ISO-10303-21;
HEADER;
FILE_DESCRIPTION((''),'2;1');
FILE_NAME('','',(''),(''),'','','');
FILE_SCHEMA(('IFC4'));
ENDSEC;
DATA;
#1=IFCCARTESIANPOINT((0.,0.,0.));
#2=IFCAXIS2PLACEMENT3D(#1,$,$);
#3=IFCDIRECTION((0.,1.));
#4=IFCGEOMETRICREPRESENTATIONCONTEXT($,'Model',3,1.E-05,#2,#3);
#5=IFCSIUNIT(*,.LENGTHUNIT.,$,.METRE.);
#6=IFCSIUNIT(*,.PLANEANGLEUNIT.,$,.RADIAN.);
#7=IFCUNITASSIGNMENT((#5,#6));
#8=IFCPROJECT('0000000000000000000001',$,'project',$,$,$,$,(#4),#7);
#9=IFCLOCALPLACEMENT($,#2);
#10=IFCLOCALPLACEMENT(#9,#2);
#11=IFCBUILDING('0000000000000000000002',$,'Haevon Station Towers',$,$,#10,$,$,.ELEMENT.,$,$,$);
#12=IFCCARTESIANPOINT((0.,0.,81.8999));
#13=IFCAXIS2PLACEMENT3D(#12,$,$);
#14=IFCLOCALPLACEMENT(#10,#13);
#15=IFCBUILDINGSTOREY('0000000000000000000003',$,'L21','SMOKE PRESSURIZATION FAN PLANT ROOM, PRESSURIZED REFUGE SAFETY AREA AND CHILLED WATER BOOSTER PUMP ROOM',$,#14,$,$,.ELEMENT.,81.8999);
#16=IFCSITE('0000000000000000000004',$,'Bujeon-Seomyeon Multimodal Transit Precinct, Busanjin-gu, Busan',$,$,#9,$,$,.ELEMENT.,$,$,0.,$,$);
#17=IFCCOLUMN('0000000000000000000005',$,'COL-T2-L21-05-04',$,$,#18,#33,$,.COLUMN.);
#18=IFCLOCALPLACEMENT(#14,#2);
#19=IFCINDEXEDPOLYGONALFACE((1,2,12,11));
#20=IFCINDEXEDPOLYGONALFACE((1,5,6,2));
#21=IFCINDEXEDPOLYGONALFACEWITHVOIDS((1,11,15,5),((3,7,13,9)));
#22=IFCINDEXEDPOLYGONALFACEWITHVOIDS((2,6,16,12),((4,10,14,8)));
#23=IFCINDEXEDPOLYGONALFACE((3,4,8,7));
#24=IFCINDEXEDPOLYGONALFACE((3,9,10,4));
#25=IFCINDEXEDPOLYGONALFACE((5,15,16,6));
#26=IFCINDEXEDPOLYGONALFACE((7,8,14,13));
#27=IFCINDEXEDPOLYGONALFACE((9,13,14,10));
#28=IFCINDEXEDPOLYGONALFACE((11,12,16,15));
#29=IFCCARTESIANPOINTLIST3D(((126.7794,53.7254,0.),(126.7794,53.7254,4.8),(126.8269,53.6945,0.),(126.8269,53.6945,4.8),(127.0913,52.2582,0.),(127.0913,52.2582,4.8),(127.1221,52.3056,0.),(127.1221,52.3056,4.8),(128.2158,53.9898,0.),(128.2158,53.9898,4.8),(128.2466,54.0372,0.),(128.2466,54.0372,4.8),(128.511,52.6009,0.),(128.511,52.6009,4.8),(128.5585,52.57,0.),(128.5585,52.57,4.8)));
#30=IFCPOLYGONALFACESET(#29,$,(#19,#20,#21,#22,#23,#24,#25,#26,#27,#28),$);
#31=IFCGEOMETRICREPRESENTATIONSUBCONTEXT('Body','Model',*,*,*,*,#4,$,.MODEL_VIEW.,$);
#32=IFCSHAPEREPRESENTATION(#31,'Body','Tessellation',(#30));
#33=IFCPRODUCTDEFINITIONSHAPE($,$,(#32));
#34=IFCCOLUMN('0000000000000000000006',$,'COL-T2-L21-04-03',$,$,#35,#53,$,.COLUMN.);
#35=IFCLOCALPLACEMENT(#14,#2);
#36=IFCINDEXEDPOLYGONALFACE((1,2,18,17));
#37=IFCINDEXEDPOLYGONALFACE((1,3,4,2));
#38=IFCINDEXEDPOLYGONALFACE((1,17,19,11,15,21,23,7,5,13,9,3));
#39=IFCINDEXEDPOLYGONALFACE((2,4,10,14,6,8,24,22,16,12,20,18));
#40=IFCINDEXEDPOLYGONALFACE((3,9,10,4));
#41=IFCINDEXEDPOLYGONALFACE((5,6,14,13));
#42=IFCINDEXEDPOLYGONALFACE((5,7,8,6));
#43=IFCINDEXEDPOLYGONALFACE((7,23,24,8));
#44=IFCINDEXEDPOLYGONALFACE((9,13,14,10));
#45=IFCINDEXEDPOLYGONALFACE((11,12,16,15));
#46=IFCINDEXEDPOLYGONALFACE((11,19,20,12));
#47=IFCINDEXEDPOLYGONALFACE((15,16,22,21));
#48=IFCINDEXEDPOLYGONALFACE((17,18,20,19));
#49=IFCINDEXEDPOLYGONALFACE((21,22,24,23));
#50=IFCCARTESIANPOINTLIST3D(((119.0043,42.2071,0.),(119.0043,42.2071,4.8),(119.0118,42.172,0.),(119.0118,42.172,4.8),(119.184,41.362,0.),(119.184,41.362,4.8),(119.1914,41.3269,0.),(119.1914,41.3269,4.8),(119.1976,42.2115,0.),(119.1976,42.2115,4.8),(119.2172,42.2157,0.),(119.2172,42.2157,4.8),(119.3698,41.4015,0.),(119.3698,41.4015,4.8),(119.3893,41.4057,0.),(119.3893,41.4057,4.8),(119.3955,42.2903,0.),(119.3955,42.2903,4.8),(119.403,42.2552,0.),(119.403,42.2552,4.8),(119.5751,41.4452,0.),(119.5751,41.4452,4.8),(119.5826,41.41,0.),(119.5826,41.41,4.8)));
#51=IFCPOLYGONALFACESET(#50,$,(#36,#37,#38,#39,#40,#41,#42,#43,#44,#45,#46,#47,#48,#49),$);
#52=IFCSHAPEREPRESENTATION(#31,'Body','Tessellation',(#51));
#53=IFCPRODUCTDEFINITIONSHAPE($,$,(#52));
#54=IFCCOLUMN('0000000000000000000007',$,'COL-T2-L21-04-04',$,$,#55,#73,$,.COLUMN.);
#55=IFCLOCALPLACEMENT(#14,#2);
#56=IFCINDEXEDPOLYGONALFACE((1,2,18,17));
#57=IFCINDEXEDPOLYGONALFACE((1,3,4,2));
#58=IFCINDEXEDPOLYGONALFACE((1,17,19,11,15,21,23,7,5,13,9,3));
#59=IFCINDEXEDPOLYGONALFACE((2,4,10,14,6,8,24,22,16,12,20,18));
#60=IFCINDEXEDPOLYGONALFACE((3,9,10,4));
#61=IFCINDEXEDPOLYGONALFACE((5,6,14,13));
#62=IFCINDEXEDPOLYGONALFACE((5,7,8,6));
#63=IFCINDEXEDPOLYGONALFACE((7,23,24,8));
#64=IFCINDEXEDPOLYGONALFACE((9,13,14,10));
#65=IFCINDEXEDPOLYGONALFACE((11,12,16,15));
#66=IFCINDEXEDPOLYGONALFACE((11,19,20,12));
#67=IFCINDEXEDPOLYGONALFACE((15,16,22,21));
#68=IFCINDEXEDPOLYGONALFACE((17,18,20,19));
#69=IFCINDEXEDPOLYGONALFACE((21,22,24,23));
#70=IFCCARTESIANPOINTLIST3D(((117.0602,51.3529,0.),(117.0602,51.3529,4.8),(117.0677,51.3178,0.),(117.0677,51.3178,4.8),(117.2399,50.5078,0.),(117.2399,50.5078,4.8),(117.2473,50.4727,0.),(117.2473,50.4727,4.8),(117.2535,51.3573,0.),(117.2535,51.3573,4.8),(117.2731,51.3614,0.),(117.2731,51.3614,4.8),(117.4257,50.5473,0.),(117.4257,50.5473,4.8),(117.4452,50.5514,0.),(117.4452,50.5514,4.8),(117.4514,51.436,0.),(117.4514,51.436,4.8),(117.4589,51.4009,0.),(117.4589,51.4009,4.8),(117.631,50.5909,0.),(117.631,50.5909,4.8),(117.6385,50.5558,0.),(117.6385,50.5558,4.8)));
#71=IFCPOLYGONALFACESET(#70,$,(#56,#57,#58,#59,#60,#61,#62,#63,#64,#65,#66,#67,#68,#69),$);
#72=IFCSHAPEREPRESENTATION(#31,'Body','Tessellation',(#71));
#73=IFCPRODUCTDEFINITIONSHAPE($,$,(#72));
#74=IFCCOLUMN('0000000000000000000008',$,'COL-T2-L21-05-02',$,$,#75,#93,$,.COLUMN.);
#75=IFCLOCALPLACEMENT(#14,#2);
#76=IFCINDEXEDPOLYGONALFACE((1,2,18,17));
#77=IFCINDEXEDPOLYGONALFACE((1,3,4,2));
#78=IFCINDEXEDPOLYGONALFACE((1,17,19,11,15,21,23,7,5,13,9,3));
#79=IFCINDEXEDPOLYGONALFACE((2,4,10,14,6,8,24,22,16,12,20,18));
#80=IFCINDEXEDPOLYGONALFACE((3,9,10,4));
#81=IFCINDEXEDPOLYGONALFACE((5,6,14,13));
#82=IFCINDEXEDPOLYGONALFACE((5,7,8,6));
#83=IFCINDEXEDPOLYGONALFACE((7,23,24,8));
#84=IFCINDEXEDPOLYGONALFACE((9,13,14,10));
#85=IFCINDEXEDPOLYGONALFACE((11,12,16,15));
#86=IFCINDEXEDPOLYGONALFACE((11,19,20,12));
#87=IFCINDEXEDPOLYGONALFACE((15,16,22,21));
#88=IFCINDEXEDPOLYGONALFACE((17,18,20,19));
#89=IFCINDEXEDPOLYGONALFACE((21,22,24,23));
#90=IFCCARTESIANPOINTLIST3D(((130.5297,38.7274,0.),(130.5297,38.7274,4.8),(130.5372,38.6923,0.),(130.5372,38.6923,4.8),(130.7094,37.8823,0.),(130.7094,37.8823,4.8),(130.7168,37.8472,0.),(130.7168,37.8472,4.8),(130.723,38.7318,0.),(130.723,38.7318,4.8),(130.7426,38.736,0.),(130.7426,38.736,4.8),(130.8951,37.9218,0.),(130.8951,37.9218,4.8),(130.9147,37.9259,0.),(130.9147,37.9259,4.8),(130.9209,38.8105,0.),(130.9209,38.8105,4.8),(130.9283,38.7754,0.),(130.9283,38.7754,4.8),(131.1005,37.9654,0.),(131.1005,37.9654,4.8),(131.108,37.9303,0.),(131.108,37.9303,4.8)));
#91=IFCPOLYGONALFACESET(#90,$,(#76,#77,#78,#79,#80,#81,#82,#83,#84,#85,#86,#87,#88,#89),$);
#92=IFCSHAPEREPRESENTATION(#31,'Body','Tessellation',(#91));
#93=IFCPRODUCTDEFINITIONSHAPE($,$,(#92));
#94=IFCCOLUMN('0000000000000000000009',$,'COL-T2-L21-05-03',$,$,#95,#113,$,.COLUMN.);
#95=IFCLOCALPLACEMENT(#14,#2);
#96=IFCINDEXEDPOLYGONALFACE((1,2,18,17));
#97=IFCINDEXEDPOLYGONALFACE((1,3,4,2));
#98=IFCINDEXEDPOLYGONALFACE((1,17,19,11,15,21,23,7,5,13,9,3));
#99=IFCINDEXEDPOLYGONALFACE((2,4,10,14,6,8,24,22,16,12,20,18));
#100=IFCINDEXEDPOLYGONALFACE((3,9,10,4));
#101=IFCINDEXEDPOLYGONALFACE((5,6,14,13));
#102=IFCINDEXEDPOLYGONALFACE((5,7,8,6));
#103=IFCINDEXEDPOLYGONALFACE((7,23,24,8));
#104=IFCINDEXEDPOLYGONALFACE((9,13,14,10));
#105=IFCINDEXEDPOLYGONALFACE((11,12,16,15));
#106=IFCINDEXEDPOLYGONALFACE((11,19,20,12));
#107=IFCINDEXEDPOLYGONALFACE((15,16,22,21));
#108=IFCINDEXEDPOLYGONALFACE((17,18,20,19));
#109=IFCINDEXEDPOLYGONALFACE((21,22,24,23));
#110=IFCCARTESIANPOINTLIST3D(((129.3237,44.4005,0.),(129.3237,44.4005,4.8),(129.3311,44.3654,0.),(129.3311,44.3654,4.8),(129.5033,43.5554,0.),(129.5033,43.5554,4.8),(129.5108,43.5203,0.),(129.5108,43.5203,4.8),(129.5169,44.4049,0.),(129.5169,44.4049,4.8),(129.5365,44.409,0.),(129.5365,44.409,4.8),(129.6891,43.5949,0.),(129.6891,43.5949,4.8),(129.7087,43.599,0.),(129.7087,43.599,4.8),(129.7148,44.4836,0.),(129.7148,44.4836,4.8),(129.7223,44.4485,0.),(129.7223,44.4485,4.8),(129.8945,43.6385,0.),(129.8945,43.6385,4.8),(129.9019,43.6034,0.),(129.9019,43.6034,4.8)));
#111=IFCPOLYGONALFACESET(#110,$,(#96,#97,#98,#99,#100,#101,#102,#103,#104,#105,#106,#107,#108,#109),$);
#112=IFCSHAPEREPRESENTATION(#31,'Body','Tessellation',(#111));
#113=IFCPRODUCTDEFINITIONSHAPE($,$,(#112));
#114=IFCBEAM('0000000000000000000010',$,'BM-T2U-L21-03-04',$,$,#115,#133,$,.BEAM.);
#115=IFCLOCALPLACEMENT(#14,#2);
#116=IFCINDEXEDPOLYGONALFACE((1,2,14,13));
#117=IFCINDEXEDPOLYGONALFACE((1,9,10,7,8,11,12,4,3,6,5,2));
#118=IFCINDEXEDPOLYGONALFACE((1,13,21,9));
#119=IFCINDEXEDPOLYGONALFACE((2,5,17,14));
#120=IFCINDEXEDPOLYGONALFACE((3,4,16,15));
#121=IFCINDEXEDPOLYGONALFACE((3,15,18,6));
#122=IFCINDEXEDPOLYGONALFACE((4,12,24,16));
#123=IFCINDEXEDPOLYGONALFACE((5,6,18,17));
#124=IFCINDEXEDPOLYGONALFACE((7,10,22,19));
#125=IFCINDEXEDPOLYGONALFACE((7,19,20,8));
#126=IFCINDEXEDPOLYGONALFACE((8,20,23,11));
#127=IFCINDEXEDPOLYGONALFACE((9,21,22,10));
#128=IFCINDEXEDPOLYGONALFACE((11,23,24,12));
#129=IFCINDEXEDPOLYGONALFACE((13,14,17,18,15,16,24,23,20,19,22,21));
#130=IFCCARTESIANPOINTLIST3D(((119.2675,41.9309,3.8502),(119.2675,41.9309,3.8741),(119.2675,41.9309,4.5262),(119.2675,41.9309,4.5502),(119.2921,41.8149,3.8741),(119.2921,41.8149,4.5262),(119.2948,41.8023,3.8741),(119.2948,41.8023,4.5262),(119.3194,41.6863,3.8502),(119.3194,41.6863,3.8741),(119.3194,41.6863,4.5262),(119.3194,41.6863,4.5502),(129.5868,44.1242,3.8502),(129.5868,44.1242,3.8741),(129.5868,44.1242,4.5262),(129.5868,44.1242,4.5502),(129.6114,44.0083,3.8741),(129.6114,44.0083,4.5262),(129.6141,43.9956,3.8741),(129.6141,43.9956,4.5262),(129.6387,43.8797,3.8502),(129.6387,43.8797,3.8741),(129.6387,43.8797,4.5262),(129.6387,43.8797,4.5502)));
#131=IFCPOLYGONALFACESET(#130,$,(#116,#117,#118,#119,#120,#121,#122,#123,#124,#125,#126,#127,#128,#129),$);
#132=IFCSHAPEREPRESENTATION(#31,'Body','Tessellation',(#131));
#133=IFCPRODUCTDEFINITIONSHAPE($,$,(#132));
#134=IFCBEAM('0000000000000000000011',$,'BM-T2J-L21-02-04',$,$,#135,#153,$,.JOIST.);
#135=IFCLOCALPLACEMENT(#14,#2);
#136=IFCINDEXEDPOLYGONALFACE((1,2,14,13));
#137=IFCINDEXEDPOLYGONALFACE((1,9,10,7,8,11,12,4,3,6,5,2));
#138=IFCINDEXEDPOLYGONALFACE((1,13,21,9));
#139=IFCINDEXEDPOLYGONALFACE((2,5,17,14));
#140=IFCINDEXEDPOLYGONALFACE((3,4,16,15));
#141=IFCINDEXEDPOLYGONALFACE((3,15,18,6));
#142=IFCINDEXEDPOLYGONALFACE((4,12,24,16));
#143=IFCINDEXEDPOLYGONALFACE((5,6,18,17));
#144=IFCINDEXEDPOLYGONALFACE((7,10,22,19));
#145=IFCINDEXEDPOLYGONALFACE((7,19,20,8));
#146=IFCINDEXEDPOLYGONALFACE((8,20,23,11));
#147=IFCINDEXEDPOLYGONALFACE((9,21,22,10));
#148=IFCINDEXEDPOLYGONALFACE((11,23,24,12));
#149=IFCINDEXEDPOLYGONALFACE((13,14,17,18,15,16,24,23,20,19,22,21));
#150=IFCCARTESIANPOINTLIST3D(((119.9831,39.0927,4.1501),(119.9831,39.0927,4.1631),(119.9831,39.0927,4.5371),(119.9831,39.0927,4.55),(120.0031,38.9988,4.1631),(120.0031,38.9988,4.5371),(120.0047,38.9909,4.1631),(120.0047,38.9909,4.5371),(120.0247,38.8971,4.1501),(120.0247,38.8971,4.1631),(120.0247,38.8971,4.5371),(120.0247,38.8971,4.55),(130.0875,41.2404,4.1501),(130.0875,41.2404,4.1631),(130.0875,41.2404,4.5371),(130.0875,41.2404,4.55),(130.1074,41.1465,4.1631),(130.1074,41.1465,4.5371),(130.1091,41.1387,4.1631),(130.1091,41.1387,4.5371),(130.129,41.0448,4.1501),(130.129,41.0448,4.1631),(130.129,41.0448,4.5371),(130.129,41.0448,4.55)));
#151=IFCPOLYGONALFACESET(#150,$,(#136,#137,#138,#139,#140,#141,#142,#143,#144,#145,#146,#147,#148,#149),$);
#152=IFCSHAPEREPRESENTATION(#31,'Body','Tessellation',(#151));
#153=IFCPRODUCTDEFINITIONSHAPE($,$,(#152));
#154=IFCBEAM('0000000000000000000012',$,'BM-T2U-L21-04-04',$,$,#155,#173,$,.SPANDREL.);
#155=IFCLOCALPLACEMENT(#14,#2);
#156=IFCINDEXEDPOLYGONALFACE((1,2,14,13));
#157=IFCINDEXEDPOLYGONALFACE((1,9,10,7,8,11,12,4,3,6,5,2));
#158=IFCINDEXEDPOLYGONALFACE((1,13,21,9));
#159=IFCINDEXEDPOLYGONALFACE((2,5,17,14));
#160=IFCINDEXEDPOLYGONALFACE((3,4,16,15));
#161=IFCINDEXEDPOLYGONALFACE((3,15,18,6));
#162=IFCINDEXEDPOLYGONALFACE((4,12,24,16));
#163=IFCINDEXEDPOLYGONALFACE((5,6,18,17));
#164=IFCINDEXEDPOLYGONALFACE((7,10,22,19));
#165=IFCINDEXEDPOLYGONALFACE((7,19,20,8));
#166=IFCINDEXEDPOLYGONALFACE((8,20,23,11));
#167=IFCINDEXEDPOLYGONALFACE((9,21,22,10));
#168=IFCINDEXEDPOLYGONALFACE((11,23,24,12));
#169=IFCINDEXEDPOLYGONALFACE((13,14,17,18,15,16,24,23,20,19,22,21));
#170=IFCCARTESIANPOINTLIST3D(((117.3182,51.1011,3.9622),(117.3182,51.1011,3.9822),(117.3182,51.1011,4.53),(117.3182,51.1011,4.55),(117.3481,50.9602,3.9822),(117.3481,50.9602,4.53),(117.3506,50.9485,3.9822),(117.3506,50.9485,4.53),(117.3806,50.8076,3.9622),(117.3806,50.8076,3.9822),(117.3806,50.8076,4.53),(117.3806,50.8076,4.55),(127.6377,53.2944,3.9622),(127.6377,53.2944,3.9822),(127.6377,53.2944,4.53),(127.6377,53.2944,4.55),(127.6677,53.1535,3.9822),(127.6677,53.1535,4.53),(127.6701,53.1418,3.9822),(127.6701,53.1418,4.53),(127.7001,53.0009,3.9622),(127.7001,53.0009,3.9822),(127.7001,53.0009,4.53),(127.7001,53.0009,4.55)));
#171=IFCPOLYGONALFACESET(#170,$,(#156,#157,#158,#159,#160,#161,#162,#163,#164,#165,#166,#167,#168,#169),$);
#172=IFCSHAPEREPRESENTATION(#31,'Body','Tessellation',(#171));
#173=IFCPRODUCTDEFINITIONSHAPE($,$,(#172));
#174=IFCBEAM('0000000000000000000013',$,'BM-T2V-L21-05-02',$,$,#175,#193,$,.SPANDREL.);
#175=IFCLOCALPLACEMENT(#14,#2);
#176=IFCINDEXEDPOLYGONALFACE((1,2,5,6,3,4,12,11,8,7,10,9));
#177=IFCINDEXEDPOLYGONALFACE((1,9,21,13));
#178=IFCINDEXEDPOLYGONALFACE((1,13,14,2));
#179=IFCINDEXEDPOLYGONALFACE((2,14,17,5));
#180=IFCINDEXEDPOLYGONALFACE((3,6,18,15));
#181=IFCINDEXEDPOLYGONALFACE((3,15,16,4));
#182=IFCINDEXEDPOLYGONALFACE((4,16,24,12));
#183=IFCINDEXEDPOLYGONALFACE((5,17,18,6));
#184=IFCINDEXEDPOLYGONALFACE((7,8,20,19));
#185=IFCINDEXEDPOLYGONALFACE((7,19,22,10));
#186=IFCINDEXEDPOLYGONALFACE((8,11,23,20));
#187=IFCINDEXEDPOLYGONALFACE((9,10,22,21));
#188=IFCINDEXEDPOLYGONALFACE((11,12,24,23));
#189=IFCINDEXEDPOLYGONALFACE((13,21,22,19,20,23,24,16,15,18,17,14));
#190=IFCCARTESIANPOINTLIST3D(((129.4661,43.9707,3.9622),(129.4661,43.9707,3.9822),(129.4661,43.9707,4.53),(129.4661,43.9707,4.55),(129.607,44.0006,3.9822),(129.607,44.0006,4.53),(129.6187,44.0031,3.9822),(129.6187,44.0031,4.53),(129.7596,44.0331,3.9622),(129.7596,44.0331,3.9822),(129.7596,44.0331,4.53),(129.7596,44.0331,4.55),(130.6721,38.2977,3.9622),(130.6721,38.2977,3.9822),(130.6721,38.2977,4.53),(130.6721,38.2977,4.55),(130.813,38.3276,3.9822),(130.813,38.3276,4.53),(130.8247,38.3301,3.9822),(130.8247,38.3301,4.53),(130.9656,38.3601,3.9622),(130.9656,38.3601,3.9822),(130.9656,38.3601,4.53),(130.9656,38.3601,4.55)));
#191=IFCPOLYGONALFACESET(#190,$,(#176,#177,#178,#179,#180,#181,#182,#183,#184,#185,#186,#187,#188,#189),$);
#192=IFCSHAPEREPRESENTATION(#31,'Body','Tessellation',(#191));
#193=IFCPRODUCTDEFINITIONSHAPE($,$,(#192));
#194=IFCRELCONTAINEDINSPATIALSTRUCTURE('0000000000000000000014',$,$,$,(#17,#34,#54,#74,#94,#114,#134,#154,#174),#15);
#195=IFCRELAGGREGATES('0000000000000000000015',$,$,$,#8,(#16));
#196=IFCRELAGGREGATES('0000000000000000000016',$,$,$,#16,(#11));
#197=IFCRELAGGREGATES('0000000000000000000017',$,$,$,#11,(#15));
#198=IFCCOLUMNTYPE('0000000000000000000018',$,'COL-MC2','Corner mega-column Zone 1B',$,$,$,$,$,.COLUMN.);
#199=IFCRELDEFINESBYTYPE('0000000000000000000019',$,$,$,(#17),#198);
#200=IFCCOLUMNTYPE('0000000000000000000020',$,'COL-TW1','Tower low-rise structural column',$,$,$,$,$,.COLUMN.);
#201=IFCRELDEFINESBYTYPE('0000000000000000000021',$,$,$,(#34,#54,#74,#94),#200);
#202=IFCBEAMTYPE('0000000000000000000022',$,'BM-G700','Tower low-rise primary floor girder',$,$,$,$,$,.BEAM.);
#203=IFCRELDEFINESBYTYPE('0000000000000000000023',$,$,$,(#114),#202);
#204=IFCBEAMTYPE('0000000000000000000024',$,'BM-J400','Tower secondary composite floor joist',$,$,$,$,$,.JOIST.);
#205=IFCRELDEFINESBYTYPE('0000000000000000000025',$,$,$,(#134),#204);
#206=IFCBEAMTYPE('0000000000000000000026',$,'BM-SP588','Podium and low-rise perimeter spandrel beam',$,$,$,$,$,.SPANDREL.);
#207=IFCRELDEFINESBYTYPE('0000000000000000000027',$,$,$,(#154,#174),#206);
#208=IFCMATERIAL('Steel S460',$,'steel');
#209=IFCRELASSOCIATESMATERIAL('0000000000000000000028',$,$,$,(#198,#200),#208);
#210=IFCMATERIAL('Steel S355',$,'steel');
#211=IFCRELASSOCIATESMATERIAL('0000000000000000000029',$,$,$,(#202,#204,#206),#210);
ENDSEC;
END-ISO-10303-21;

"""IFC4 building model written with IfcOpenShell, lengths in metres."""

from ifc_helpers import new_model, si_unit, direction, frame, origin, origin_2d, place, context, subcontext, project, spatial, hollow_rectangle, i_section, extrude, material, material_profile, profile_set, type_object, element, save


model = new_model("IFC4")

# Units and contexts
model_context = context("Model", 3, precision=1e-05, world=origin(), true_north=direction((0.0, 1.0)))
body_context = subcontext(model_context, "Body", "Model", "MODEL_VIEW")
ifc_project = project(units=[si_unit("LENGTHUNIT", "METRE"), si_unit("PLANEANGLEUNIT", "RADIAN")], contexts=[model_context])

# Site, building, storey
site_placement = place(None, origin())
site = spatial("IfcSite", under=ifc_project, at=site_placement, Name="Bujeon-Seomyeon Multimodal Transit Precinct, Busanjin-gu, Busan", CompositionType="ELEMENT", RefElevation=0.0)
building_placement = place(site_placement, origin())
building = spatial("IfcBuilding", under=site, at=building_placement, Name="Haevon Station Towers", CompositionType="ELEMENT")
storey_placement = place(building_placement, frame((0.0, 0.0, 81.8999)))
storey = spatial("IfcBuildingStorey", under=building, at=storey_placement, Name="L21", Description="SMOKE PRESSURIZATION FAN PLANT ROOM, PRESSURIZED REFUGE SAFETY AREA AND CHILLED WATER BOOSTER PUMP ROOM", CompositionType="ELEMENT", Elevation=81.8999)

# Columns
ifc_material_1 = material(Name="Steel S460", Category="steel")
ifc_material_profile_1 = material_profile(ifc_material_1, hollow_rectangle(XDim=1.5, YDim=1.5, WallThickness=0.04, at=origin_2d()), Name="BOX-1500x1500x40")
ifc_profile_set_1 = profile_set([ifc_material_profile_1], Name="Steel S460")
column_type_1 = type_object("IfcColumnType", Name="COL-MC2", Description="Corner mega-column Zone 1B", PredefinedType="COLUMN", material=ifc_profile_set_1)
column_placement = place(storey_placement, frame((127.6689, 53.1477, 0.0), z_axis=(0.0, 0.0, 1.0), x_axis=(0.978148, 0.207912, 0.0)))
element("IfcColumn", 1, at=column_placement, inside=storey, type_object=column_type_1, Name="COL-T2-L21-05-04", PredefinedType="COLUMN", context=body_context, shape_type="SweptSolid", body=[
    extrude(hollow_rectangle(XDim=1.5, YDim=1.5, WallThickness=0.04, at=origin_2d()), origin(), (0.0, 0.0, 1.0), 4.8),
])
ifc_material_profile_2 = material_profile(ifc_material_1, i_section(OverallWidth=0.3999, OverallDepth=0.8999, WebThickness=0.02, FlangeThickness=0.0359, at=origin_2d()), Name="H-900x400x20x36")
ifc_profile_set_2 = profile_set([ifc_material_profile_2], Name="Steel S460")
column_type_2 = type_object("IfcColumnType", Name="COL-TW1", Description="Tower low-rise structural column", PredefinedType="COLUMN", material=ifc_profile_set_2)
for number, where, z_axis, x_axis, name in (
    (2, (119.2935, 41.8086, 0.0), (0.0, 0.0, 1.0), (0.978148, 0.207912, 0.0), "COL-T2-L21-04-03"),
    (3, (117.3494, 50.9543, 0.0), (0.0, 0.0, 1.0), (0.978148, 0.207912, 0.0), "COL-T2-L21-04-04"),
    (4, (130.8188, 38.3289, 0.0), (0.0, 0.0, 1.0), (0.978148, 0.207912, 0.0), "COL-T2-L21-05-02"),
    (5, (129.6128, 44.002, 0.0), (0.0, 0.0, 1.0), (0.978148, 0.207912, 0.0), "COL-T2-L21-05-03"),
):
    element("IfcColumn", number, at=place(storey_placement, frame(where, z_axis=z_axis, x_axis=x_axis)), inside=storey, type_object=column_type_2, Name=name, PredefinedType="COLUMN", context=body_context, shape_type="SweptSolid", body=[
        extrude(i_section(OverallWidth=0.3999, OverallDepth=0.8999, WebThickness=0.02, FlangeThickness=0.0359, at=origin_2d()), origin(), (0.0, 0.0, 1.0), 4.8),
    ])

# Beams
ifc_material_2 = material(Name="Steel S355", Category="steel")
ifc_material_profile_3 = material_profile(ifc_material_2, i_section(OverallWidth=0.25, OverallDepth=0.7, WebThickness=0.0129, FlangeThickness=0.0239, at=origin_2d()), Name="H-700x250x13x24")
ifc_profile_set_3 = profile_set([ifc_material_profile_3], Name="Steel S355")
beam_type_1 = type_object("IfcBeamType", Name="BM-G700", Description="Tower low-rise primary floor girder", PredefinedType="BEAM", material=ifc_profile_set_3)
beam_1_placement = place(storey_placement, frame((119.2935, 41.8086, 4.2002), z_axis=(0.978149, 0.207904, 0.0), x_axis=(-0.207904, 0.978149, 0.0)))
element("IfcBeam", 6, at=beam_1_placement, inside=storey, type_object=beam_type_1, Name="BM-T2U-L21-03-04", PredefinedType="BEAM", context=body_context, shape_type="SweptSolid", body=[
    extrude(i_section(OverallWidth=0.25, OverallDepth=0.7, WebThickness=0.0129, FlangeThickness=0.0239, at=origin_2d()), origin(), (0.0, 0.0, 1.0), 10.5498),
])
ifc_material_profile_4 = material_profile(ifc_material_2, i_section(OverallWidth=0.2, OverallDepth=0.3999, WebThickness=0.0081, FlangeThickness=0.0129, at=origin_2d()), Name="H-400x200x8x13")
ifc_profile_set_4 = profile_set([ifc_material_profile_4], Name="Steel S355")
beam_type_2 = type_object("IfcBeamType", Name="BM-J400", Description="Tower secondary composite floor joist", PredefinedType="JOIST", material=ifc_profile_set_4)
beam_2_placement = place(storey_placement, frame((120.0039, 38.9949, 4.3501), z_axis=(0.978148, 0.20791, 0.0), x_axis=(-0.20791, 0.978148, 0.0)))
element("IfcBeam", 7, at=beam_2_placement, inside=storey, type_object=beam_type_2, Name="BM-T2J-L21-02-04", PredefinedType="JOIST", context=body_context, shape_type="SweptSolid", body=[
    extrude(i_section(OverallWidth=0.2, OverallDepth=0.3999, WebThickness=0.0081, FlangeThickness=0.0129, at=origin_2d()), origin(), (0.0, 0.0, 1.0), 10.3301),
])
ifc_material_profile_5 = material_profile(ifc_material_2, i_section(OverallWidth=0.3, OverallDepth=0.5879, WebThickness=0.012, FlangeThickness=0.02, at=origin_2d()), Name="H-588x300x12x20")
ifc_profile_set_5 = profile_set([ifc_material_profile_5], Name="Steel S355")
beam_type_3 = type_object("IfcBeamType", Name="BM-SP588", Description="Podium and low-rise perimeter spandrel beam", PredefinedType="SPANDREL", material=ifc_profile_set_5)
beam_3_placement = place(storey_placement, frame((117.3494, 50.9543, 4.2561), z_axis=(0.97815, 0.207899, 0.0), x_axis=(-0.207899, 0.97815, 0.0)))
element("IfcBeam", 8, at=beam_3_placement, inside=storey, type_object=beam_type_3, Name="BM-T2U-L21-04-04", PredefinedType="SPANDREL", context=body_context, shape_type="SweptSolid", body=[
    extrude(i_section(OverallWidth=0.3, OverallDepth=0.5879, WebThickness=0.012, FlangeThickness=0.02, at=origin_2d()), origin(), (0.0, 0.0, 1.0), 10.55),
])
beam_4_placement = place(storey_placement, frame((130.8188, 38.3289, 4.2561), z_axis=(-0.207945, 0.978141, 0.0), x_axis=(-0.978141, -0.207945, 0.0)))
element("IfcBeam", 9, at=beam_4_placement, inside=storey, type_object=beam_type_3, Name="BM-T2V-L21-05-02", PredefinedType="SPANDREL", context=body_context, shape_type="SweptSolid", body=[
    extrude(i_section(OverallWidth=0.3, OverallDepth=0.5879, WebThickness=0.012, FlangeThickness=0.02, at=origin_2d()), origin(), (0.0, 0.0, 1.0), 5.7998),
])

save(model, "model.ifc")
